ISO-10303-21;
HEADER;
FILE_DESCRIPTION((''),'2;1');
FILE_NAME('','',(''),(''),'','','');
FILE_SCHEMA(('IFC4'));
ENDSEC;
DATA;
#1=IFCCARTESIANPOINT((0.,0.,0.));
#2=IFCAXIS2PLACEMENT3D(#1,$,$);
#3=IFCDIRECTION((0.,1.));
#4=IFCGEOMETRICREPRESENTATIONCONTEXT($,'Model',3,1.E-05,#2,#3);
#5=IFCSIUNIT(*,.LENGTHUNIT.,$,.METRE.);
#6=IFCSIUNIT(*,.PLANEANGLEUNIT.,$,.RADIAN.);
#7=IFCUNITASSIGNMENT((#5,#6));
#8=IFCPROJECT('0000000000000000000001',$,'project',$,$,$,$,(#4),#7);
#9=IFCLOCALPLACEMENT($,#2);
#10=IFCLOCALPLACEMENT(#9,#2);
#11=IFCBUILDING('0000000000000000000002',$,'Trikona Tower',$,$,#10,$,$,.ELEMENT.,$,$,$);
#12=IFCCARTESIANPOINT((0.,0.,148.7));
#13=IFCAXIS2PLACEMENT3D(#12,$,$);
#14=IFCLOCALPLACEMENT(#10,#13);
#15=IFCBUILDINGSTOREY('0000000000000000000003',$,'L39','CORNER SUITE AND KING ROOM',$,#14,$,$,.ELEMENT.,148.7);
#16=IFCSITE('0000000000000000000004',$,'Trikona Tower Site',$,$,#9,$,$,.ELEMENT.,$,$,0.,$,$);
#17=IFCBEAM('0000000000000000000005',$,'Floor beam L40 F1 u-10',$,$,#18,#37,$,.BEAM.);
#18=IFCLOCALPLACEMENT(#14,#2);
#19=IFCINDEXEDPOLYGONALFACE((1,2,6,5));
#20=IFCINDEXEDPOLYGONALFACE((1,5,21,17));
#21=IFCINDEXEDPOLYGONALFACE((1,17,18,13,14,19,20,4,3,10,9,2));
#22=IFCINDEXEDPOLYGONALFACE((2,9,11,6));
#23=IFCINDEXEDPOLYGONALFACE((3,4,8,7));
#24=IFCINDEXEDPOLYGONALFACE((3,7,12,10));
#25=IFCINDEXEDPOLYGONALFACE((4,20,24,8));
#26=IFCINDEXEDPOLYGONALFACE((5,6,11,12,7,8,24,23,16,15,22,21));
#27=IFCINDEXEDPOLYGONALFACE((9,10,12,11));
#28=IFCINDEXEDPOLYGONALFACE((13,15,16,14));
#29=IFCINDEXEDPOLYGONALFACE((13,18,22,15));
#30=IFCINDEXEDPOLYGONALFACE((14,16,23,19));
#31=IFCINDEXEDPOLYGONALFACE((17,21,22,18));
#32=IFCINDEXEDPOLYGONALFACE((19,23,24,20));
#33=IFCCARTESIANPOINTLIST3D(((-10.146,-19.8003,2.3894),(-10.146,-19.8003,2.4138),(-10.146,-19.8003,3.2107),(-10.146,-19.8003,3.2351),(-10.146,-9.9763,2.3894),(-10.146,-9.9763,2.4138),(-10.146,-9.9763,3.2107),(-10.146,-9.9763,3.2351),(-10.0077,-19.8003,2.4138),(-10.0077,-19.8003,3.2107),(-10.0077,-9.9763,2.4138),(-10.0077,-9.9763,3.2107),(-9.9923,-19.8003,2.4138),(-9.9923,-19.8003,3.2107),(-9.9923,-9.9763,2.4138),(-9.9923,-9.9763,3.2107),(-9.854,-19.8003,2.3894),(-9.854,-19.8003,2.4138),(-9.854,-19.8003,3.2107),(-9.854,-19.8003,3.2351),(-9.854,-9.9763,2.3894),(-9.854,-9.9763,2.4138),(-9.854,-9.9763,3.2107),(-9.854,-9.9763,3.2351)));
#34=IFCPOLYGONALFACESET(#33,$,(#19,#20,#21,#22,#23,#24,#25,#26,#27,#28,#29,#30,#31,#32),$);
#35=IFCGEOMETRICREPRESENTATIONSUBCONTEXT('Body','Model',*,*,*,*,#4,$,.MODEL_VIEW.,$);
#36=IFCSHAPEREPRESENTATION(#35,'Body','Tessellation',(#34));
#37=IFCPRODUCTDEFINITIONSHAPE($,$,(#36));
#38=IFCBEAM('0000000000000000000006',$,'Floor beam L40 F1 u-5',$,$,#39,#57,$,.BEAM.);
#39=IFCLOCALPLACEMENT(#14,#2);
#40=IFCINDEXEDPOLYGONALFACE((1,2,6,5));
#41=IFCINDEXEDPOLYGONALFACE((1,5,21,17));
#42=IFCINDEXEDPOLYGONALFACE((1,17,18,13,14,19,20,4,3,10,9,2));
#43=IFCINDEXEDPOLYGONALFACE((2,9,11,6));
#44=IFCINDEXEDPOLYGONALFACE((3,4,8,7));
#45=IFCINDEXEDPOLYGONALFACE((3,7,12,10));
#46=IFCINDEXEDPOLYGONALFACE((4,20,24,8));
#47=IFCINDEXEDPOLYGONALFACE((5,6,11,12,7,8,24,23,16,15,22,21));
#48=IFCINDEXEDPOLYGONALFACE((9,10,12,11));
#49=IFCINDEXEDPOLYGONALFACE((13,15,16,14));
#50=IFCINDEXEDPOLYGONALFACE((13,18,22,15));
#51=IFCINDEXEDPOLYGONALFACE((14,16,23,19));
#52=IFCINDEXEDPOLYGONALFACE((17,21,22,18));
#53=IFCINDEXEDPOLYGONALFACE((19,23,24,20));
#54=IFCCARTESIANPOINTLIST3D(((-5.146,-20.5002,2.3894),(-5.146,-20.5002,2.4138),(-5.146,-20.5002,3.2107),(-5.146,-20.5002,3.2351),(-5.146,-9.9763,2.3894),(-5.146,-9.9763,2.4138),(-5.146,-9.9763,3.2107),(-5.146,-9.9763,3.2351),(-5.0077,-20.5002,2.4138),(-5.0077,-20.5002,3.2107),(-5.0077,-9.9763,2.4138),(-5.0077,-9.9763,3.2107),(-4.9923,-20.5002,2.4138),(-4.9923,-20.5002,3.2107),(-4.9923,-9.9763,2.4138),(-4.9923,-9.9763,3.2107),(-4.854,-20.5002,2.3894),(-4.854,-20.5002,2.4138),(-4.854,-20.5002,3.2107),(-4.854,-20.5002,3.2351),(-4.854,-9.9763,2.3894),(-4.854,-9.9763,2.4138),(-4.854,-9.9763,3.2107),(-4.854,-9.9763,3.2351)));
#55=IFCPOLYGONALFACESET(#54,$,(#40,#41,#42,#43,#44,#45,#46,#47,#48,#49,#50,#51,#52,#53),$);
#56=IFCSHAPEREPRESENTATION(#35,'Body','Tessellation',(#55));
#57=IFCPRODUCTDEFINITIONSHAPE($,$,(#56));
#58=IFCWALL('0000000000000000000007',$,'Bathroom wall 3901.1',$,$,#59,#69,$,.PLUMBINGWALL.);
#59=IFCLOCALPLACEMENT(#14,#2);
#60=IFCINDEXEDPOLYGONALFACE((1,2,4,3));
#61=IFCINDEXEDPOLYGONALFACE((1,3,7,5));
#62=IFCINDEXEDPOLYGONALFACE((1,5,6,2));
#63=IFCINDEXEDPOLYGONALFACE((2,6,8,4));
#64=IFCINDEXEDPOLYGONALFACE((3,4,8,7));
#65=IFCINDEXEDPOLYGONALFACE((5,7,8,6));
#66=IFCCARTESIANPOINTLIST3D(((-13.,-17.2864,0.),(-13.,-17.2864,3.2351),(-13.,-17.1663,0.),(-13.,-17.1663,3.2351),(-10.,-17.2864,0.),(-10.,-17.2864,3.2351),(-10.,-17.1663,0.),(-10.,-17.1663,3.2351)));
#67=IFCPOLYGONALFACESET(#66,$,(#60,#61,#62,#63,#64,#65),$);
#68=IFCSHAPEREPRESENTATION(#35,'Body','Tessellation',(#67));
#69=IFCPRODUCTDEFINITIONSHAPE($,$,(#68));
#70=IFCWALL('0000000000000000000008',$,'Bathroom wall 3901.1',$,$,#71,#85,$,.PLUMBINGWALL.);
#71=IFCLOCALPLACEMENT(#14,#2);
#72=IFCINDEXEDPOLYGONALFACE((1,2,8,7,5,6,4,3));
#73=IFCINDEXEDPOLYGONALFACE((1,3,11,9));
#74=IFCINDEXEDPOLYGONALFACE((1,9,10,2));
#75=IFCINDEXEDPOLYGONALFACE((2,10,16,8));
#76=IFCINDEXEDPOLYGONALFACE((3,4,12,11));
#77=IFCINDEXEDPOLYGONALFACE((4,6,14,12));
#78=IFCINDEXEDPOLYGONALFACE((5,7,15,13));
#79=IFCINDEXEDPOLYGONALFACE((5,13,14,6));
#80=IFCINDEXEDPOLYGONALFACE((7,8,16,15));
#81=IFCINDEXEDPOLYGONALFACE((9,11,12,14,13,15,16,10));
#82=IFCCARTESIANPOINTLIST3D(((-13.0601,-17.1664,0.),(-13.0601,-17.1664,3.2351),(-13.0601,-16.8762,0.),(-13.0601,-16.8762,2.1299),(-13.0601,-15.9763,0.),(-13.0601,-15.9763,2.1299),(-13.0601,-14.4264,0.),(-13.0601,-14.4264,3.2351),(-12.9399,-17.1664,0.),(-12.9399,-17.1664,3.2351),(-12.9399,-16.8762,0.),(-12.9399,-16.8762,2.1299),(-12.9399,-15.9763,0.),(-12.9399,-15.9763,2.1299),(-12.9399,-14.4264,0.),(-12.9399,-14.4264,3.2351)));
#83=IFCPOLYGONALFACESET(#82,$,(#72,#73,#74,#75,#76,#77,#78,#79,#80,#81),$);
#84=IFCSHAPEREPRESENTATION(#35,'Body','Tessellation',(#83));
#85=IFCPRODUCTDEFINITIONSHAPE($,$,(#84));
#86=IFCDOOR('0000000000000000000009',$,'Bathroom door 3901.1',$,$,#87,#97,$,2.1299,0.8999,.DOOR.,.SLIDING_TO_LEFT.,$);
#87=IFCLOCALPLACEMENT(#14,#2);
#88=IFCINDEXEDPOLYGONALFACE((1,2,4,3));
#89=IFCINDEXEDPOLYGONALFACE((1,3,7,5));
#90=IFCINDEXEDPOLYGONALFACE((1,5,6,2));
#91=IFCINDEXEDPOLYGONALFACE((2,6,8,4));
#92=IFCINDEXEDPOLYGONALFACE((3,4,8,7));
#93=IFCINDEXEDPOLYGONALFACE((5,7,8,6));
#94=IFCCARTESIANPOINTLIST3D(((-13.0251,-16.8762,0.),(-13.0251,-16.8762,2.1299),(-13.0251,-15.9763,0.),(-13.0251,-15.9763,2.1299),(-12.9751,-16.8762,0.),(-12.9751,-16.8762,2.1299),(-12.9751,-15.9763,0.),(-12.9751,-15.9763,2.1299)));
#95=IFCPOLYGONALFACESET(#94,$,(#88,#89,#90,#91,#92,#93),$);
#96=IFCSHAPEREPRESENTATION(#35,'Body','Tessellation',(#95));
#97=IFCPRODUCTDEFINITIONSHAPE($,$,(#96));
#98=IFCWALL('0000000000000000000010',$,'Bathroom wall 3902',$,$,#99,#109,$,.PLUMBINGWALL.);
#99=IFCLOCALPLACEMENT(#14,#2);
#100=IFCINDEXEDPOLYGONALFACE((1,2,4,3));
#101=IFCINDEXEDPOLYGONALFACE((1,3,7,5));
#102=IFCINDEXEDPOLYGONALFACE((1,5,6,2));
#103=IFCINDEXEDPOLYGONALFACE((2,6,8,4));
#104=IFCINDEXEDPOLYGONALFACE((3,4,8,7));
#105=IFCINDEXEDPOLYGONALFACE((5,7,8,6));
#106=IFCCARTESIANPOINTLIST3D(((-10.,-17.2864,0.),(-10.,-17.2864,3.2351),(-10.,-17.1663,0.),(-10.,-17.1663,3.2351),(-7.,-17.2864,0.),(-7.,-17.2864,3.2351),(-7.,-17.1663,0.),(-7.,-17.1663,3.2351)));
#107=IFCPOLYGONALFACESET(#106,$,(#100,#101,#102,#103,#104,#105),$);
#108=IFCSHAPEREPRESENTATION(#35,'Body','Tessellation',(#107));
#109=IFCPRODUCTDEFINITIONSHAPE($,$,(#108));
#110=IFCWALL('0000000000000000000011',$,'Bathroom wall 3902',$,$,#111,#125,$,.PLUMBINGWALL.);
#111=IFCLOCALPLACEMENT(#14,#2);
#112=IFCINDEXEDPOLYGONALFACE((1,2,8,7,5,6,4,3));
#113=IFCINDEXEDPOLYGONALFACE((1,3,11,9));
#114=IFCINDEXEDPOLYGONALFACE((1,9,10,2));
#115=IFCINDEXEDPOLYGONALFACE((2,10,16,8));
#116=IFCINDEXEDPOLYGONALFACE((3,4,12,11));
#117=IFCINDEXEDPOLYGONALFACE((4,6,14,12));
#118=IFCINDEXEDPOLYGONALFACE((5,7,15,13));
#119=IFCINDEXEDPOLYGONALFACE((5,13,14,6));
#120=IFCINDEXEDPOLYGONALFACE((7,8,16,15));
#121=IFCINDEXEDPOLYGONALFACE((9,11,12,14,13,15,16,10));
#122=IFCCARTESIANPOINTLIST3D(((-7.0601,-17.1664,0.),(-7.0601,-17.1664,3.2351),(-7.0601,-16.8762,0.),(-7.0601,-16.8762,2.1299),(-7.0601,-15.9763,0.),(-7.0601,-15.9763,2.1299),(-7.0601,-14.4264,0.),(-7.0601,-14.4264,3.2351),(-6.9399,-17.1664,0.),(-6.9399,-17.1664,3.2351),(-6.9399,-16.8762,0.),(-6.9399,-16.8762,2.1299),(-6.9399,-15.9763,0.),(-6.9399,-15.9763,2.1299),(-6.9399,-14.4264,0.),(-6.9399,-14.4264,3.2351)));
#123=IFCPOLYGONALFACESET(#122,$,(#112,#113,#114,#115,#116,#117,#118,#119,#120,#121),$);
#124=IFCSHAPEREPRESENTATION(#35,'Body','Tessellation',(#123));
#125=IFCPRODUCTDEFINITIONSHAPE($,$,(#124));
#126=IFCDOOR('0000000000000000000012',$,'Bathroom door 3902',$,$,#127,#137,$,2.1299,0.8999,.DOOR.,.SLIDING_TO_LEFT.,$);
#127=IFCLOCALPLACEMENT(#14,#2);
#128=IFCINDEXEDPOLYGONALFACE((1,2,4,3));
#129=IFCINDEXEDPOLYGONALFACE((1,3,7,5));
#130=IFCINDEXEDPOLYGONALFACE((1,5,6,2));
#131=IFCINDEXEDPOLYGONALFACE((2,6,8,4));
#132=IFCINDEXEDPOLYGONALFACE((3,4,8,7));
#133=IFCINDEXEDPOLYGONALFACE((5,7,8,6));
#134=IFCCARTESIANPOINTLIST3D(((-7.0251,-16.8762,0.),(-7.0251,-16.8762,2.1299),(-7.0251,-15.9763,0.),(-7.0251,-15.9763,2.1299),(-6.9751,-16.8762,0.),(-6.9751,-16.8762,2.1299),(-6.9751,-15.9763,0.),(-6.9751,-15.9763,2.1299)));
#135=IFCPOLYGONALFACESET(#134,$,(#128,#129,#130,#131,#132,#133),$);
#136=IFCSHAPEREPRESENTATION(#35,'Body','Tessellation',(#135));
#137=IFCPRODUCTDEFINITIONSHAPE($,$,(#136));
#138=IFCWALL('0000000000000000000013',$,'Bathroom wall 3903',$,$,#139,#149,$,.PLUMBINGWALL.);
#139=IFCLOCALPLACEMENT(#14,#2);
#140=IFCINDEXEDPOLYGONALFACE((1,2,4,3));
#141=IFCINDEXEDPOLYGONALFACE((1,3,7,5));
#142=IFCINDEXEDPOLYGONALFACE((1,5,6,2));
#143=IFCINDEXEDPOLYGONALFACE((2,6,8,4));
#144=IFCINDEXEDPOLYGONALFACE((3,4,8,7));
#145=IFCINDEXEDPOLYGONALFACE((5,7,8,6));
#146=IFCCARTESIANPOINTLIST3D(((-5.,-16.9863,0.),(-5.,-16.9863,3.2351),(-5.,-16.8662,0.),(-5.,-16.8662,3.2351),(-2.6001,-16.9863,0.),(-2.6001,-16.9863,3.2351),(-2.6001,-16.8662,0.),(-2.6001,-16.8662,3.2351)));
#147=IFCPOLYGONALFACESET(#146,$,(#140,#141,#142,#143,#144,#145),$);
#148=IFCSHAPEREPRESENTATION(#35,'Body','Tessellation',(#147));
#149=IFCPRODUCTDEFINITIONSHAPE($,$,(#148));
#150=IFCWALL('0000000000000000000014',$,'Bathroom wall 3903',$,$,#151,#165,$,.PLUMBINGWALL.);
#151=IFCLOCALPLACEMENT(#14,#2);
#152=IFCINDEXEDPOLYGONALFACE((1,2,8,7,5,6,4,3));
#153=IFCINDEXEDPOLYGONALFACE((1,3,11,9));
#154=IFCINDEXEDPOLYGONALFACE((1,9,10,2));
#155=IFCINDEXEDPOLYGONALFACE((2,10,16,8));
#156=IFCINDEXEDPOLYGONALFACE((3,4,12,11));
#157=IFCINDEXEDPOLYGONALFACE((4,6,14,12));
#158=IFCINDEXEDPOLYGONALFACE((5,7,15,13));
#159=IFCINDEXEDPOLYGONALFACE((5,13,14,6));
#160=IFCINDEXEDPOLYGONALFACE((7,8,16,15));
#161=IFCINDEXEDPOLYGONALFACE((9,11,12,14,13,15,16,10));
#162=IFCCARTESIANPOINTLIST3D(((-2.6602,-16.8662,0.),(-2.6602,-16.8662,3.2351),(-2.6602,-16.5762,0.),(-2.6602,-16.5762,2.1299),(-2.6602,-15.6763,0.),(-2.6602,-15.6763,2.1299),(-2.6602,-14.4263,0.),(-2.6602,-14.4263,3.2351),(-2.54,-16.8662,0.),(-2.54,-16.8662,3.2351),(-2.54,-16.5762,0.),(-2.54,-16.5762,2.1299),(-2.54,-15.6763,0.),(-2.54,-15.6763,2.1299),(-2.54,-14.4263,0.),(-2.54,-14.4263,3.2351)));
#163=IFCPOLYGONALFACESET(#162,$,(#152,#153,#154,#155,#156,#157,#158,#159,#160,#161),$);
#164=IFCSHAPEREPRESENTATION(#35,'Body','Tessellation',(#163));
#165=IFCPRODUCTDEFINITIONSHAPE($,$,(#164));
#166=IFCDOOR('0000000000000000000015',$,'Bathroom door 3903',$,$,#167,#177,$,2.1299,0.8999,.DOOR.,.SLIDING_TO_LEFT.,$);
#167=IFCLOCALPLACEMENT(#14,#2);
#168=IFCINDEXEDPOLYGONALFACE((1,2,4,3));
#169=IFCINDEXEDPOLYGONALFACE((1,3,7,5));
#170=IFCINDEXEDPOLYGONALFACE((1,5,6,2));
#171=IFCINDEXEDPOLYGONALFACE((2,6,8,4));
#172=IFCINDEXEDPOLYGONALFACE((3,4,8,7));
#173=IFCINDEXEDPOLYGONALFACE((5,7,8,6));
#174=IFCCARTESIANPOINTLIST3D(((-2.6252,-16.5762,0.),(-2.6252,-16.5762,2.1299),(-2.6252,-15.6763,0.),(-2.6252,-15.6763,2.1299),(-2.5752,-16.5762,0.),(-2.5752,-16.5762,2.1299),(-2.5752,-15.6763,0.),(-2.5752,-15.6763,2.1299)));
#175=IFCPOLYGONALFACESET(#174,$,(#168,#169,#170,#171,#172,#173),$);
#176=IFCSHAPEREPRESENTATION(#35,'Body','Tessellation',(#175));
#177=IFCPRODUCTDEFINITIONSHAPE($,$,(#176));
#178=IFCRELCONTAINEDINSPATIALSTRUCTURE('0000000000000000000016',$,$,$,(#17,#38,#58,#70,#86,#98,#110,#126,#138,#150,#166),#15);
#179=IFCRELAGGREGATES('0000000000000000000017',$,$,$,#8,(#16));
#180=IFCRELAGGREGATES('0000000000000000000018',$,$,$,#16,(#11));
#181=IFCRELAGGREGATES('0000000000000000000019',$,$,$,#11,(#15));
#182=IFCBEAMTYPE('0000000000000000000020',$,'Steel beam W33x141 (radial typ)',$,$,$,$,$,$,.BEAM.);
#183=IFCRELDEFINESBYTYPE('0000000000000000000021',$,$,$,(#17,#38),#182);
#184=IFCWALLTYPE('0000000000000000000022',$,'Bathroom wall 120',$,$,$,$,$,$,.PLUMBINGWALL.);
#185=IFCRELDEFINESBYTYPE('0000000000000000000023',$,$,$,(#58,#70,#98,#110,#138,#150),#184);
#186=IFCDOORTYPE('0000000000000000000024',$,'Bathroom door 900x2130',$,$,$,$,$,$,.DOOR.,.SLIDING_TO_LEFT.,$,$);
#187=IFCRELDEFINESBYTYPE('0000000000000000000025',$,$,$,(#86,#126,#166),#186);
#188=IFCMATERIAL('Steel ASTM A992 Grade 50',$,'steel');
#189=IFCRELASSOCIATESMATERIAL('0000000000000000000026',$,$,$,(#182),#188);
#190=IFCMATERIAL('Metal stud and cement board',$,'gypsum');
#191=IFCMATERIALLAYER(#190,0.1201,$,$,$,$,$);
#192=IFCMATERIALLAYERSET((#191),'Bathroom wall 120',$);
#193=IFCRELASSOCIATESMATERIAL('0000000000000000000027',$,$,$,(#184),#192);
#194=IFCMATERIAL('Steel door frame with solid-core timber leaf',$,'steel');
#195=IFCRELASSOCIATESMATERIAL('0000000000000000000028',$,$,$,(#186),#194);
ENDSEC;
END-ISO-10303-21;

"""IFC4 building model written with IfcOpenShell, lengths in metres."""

from ifc_helpers import new_model, si_unit, direction, frame, frame_2d, origin, origin_2d, place, context, subcontext, project, spatial, rectangle, i_section, extrude, material, layer, layer_set, material_profile, profile_set, type_object, element, fill, save


model = new_model("IFC4")

# Units and contexts
model_context = context("Model", 3, precision=1e-05, world=origin(), true_north=direction((0.0, 1.0)))
body_context = subcontext(model_context, "Body", "Model", "MODEL_VIEW")
ifc_project = project(units=[si_unit("LENGTHUNIT", "METRE"), si_unit("PLANEANGLEUNIT", "RADIAN")], contexts=[model_context])

# Site, building, storey
site_placement = place(None, origin())
site = spatial("IfcSite", under=ifc_project, at=site_placement, Name="Trikona Tower Site", CompositionType="ELEMENT", RefElevation=0.0)
building_placement = place(site_placement, origin())
building = spatial("IfcBuilding", under=site, at=building_placement, Name="Trikona Tower", CompositionType="ELEMENT")
storey_placement = place(building_placement, frame((0.0, 0.0, 148.7)))
storey = spatial("IfcBuildingStorey", under=building, at=storey_placement, Name="L39", Description="CORNER SUITE AND KING ROOM", CompositionType="ELEMENT", Elevation=148.7)

# Beams
ifc_material_1 = material(Name="Steel ASTM A992 Grade 50", Category="steel")
ifc_material_profile = material_profile(ifc_material_1, i_section(OverallWidth=0.292, OverallDepth=0.8457, WebThickness=0.0154, FlangeThickness=0.0244, at=origin_2d()), Name="W33X141")
ifc_profile_set = profile_set([ifc_material_profile], Name="Steel ASTM A992 Grade 50")
beam_type = type_object("IfcBeamType", Name="Steel beam W33x141 (radial typ)", PredefinedType="BEAM", material=ifc_profile_set)
beam_1_placement = place(storey_placement, frame((-10.0, -9.9763, 2.8123), z_axis=(0.0, -1.0, 0.0), x_axis=(1.0, 0.0, 0.0)))
element("IfcBeam", 1, at=beam_1_placement, inside=storey, type_object=beam_type, Name="Floor beam L40 F1 u-10", PredefinedType="BEAM", context=body_context, shape_type="SweptSolid", body=[
    extrude(i_section(OverallWidth=0.292, OverallDepth=0.8457, WebThickness=0.0154, FlangeThickness=0.0244, at=origin_2d()), origin(), (0.0, 0.0, 1.0), 9.824),
])
beam_2_placement = place(storey_placement, frame((-5.0, -9.9763, 2.8123), z_axis=(0.0, -1.0, 0.0), x_axis=(1.0, 0.0, 0.0)))
element("IfcBeam", 2, at=beam_2_placement, inside=storey, type_object=beam_type, Name="Floor beam L40 F1 u-5", PredefinedType="BEAM", context=body_context, shape_type="SweptSolid", body=[
    extrude(i_section(OverallWidth=0.292, OverallDepth=0.8457, WebThickness=0.0154, FlangeThickness=0.0244, at=origin_2d()), origin(), (0.0, 0.0, 1.0), 10.5239),
])

# Wall
ifc_material_2 = material(Name="Metal stud and cement board", Category="gypsum")
ifc_layer_1 = layer(ifc_material_2, 0.1201)
ifc_layer_set_1 = layer_set([ifc_layer_1], Name="Bathroom wall 120")
wall_type_1 = type_object("IfcWallType", Name="Bathroom wall 120", PredefinedType="PLUMBINGWALL", material=ifc_layer_set_1)
wall_1_placement = place(storey_placement, frame((-13.0, -17.2263, 0.0), z_axis=(0.0, 0.0, 1.0), x_axis=(1.0, 0.0, 0.0)))
element("IfcWall", 3, at=wall_1_placement, inside=storey, type_object=wall_type_1, Name="Bathroom wall 3901.1", PredefinedType="PLUMBINGWALL", context=body_context, shape_type="SweptSolid", body=[
    extrude(rectangle(XDim=3.0, YDim=0.1201, at=frame_2d((1.5, 0.0))), origin(), (0.0, 0.0, 1.0), 3.2351),
])

# Wall, opening, door
wall_2_placement = place(storey_placement, frame((-13.0, -14.4263, 0.0), z_axis=(0.0, 0.0, 1.0), x_axis=(0.0, -1.0, 0.0)))
wall_2 = element("IfcWall", 4, at=wall_2_placement, inside=storey, type_object=wall_type_1, Name="Bathroom wall 3901.1", PredefinedType="PLUMBINGWALL", context=body_context, shape_type="SweptSolid", body=[
    extrude(rectangle(XDim=2.74, YDim=0.1201, at=frame_2d((1.3701, 0.0))), origin(), (0.0, 0.0, 1.0), 3.2351),
])
opening_1_placement = place(wall_2_placement, frame((1.55, 0.0, 0.0)))
opening_1 = element("IfcOpeningElement", 5, at=opening_1_placement, cuts=wall_2, PredefinedType="OPENING", context=body_context, shape_type="SweptSolid", body=[
    extrude(rectangle(XDim=0.8999, YDim=2.1299, at=frame_2d((0.45, 1.0649))), frame((0.0, 0.0701, 0.0), z_axis=(0.0, -1.0, 0.0), x_axis=(1.0, 0.0, 0.0)), (0.0, 0.0, 1.0), 0.1401),
])
ifc_material_3 = material(Name="Steel door frame with solid-core timber leaf", Category="steel")
door_type_1 = type_object("IfcDoorType", Name="Bathroom door 900x2130", OperationType="SLIDING_TO_LEFT", PredefinedType="DOOR", material=ifc_material_3)
door_1_placement = place(opening_1_placement, origin())
door_1 = element("IfcDoor", 6, at=door_1_placement, inside=storey, type_object=door_type_1, Name="Bathroom door 3901.1", OperationType="SLIDING_TO_LEFT", OverallHeight=2.1299, OverallWidth=0.8999, PredefinedType="DOOR", context=body_context, shape_type="SweptSolid", body=[
    extrude(rectangle(XDim=0.8999, YDim=2.1299, at=frame_2d((0.45, 1.0649))), frame((0.0, 0.0249, 0.0), z_axis=(0.0, -1.0, 0.0), x_axis=(1.0, 0.0, 0.0)), (0.0, 0.0, 1.0), 0.05),
])
fill(opening_1, door_1)

# Wall
wall_3_placement = place(storey_placement, frame((-10.0, -17.2263, 0.0), z_axis=(0.0, 0.0, 1.0), x_axis=(1.0, 0.0, 0.0)))
element("IfcWall", 7, at=wall_3_placement, inside=storey, type_object=wall_type_1, Name="Bathroom wall 3902", PredefinedType="PLUMBINGWALL", context=body_context, shape_type="SweptSolid", body=[
    extrude(rectangle(XDim=3.0, YDim=0.1201, at=frame_2d((1.5, 0.0))), origin(), (0.0, 0.0, 1.0), 3.2351),
])

# Wall, opening, door
wall_4_placement = place(storey_placement, frame((-7.0, -14.4263, 0.0), z_axis=(0.0, 0.0, 1.0), x_axis=(0.0, -1.0, 0.0)))
wall_4 = element("IfcWall", 8, at=wall_4_placement, inside=storey, type_object=wall_type_1, Name="Bathroom wall 3902", PredefinedType="PLUMBINGWALL", context=body_context, shape_type="SweptSolid", body=[
    extrude(rectangle(XDim=2.74, YDim=0.1201, at=frame_2d((1.3701, 0.0))), origin(), (0.0, 0.0, 1.0), 3.2351),
])
opening_2_placement = place(wall_4_placement, frame((1.55, 0.0, 0.0)))
opening_2 = element("IfcOpeningElement", 9, at=opening_2_placement, cuts=wall_4, PredefinedType="OPENING", context=body_context, shape_type="SweptSolid", body=[
    extrude(rectangle(XDim=0.8999, YDim=2.1299, at=frame_2d((0.45, 1.0649))), frame((0.0, 0.0701, 0.0), z_axis=(0.0, -1.0, 0.0), x_axis=(1.0, 0.0, 0.0)), (0.0, 0.0, 1.0), 0.1401),
])
door_2_placement = place(opening_2_placement, origin())
door_2 = element("IfcDoor", 10, at=door_2_placement, inside=storey, type_object=door_type_1, Name="Bathroom door 3902", OperationType="SLIDING_TO_LEFT", OverallHeight=2.1299, OverallWidth=0.8999, PredefinedType="DOOR", context=body_context, shape_type="SweptSolid", body=[
    extrude(rectangle(XDim=0.8999, YDim=2.1299, at=frame_2d((0.45, 1.0649))), frame((0.0, 0.0249, 0.0), z_axis=(0.0, -1.0, 0.0), x_axis=(1.0, 0.0, 0.0)), (0.0, 0.0, 1.0), 0.05),
])
fill(opening_2, door_2)

# Wall
wall_5_placement = place(storey_placement, frame((-5.0, -16.9263, 0.0), z_axis=(0.0, 0.0, 1.0), x_axis=(1.0, 0.0, 0.0)))
element("IfcWall", 11, at=wall_5_placement, inside=storey, type_object=wall_type_1, Name="Bathroom wall 3903", PredefinedType="PLUMBINGWALL", context=body_context, shape_type="SweptSolid", body=[
    extrude(rectangle(XDim=2.3999, YDim=0.1201, at=frame_2d((1.2, 0.0))), origin(), (0.0, 0.0, 1.0), 3.2351),
])

# Wall, opening, door
wall_6_placement = place(storey_placement, frame((-2.6001, -14.4263, 0.0), z_axis=(0.0, 0.0, 1.0), x_axis=(0.0, -1.0, 0.0)))
wall_6 = element("IfcWall", 12, at=wall_6_placement, inside=storey, type_object=wall_type_1, Name="Bathroom wall 3903", PredefinedType="PLUMBINGWALL", context=body_context, shape_type="SweptSolid", body=[
    extrude(rectangle(XDim=2.4399, YDim=0.1201, at=frame_2d((1.22, 0.0))), origin(), (0.0, 0.0, 1.0), 3.2351),
])
opening_3_placement = place(wall_6_placement, frame((1.25, 0.0, 0.0)))
opening_3 = element("IfcOpeningElement", 13, at=opening_3_placement, cuts=wall_6, PredefinedType="OPENING", context=body_context, shape_type="SweptSolid", body=[
    extrude(rectangle(XDim=0.8999, YDim=2.1299, at=frame_2d((0.45, 1.0649))), frame((0.0, 0.0701, 0.0), z_axis=(0.0, -1.0, 0.0), x_axis=(1.0, 0.0, 0.0)), (0.0, 0.0, 1.0), 0.1401),
])
door_3_placement = place(opening_3_placement, origin())
door_3 = element("IfcDoor", 14, at=door_3_placement, inside=storey, type_object=door_type_1, Name="Bathroom door 3903", OperationType="SLIDING_TO_LEFT", OverallHeight=2.1299, OverallWidth=0.8999, PredefinedType="DOOR", context=body_context, shape_type="SweptSolid", body=[
    extrude(rectangle(XDim=0.8999, YDim=2.1299, at=frame_2d((0.45, 1.0649))), frame((0.0, 0.0249, 0.0), z_axis=(0.0, -1.0, 0.0), x_axis=(1.0, 0.0, 0.0)), (0.0, 0.0, 1.0), 0.05),
])
fill(opening_3, door_3)

save(model, "model.ifc")
